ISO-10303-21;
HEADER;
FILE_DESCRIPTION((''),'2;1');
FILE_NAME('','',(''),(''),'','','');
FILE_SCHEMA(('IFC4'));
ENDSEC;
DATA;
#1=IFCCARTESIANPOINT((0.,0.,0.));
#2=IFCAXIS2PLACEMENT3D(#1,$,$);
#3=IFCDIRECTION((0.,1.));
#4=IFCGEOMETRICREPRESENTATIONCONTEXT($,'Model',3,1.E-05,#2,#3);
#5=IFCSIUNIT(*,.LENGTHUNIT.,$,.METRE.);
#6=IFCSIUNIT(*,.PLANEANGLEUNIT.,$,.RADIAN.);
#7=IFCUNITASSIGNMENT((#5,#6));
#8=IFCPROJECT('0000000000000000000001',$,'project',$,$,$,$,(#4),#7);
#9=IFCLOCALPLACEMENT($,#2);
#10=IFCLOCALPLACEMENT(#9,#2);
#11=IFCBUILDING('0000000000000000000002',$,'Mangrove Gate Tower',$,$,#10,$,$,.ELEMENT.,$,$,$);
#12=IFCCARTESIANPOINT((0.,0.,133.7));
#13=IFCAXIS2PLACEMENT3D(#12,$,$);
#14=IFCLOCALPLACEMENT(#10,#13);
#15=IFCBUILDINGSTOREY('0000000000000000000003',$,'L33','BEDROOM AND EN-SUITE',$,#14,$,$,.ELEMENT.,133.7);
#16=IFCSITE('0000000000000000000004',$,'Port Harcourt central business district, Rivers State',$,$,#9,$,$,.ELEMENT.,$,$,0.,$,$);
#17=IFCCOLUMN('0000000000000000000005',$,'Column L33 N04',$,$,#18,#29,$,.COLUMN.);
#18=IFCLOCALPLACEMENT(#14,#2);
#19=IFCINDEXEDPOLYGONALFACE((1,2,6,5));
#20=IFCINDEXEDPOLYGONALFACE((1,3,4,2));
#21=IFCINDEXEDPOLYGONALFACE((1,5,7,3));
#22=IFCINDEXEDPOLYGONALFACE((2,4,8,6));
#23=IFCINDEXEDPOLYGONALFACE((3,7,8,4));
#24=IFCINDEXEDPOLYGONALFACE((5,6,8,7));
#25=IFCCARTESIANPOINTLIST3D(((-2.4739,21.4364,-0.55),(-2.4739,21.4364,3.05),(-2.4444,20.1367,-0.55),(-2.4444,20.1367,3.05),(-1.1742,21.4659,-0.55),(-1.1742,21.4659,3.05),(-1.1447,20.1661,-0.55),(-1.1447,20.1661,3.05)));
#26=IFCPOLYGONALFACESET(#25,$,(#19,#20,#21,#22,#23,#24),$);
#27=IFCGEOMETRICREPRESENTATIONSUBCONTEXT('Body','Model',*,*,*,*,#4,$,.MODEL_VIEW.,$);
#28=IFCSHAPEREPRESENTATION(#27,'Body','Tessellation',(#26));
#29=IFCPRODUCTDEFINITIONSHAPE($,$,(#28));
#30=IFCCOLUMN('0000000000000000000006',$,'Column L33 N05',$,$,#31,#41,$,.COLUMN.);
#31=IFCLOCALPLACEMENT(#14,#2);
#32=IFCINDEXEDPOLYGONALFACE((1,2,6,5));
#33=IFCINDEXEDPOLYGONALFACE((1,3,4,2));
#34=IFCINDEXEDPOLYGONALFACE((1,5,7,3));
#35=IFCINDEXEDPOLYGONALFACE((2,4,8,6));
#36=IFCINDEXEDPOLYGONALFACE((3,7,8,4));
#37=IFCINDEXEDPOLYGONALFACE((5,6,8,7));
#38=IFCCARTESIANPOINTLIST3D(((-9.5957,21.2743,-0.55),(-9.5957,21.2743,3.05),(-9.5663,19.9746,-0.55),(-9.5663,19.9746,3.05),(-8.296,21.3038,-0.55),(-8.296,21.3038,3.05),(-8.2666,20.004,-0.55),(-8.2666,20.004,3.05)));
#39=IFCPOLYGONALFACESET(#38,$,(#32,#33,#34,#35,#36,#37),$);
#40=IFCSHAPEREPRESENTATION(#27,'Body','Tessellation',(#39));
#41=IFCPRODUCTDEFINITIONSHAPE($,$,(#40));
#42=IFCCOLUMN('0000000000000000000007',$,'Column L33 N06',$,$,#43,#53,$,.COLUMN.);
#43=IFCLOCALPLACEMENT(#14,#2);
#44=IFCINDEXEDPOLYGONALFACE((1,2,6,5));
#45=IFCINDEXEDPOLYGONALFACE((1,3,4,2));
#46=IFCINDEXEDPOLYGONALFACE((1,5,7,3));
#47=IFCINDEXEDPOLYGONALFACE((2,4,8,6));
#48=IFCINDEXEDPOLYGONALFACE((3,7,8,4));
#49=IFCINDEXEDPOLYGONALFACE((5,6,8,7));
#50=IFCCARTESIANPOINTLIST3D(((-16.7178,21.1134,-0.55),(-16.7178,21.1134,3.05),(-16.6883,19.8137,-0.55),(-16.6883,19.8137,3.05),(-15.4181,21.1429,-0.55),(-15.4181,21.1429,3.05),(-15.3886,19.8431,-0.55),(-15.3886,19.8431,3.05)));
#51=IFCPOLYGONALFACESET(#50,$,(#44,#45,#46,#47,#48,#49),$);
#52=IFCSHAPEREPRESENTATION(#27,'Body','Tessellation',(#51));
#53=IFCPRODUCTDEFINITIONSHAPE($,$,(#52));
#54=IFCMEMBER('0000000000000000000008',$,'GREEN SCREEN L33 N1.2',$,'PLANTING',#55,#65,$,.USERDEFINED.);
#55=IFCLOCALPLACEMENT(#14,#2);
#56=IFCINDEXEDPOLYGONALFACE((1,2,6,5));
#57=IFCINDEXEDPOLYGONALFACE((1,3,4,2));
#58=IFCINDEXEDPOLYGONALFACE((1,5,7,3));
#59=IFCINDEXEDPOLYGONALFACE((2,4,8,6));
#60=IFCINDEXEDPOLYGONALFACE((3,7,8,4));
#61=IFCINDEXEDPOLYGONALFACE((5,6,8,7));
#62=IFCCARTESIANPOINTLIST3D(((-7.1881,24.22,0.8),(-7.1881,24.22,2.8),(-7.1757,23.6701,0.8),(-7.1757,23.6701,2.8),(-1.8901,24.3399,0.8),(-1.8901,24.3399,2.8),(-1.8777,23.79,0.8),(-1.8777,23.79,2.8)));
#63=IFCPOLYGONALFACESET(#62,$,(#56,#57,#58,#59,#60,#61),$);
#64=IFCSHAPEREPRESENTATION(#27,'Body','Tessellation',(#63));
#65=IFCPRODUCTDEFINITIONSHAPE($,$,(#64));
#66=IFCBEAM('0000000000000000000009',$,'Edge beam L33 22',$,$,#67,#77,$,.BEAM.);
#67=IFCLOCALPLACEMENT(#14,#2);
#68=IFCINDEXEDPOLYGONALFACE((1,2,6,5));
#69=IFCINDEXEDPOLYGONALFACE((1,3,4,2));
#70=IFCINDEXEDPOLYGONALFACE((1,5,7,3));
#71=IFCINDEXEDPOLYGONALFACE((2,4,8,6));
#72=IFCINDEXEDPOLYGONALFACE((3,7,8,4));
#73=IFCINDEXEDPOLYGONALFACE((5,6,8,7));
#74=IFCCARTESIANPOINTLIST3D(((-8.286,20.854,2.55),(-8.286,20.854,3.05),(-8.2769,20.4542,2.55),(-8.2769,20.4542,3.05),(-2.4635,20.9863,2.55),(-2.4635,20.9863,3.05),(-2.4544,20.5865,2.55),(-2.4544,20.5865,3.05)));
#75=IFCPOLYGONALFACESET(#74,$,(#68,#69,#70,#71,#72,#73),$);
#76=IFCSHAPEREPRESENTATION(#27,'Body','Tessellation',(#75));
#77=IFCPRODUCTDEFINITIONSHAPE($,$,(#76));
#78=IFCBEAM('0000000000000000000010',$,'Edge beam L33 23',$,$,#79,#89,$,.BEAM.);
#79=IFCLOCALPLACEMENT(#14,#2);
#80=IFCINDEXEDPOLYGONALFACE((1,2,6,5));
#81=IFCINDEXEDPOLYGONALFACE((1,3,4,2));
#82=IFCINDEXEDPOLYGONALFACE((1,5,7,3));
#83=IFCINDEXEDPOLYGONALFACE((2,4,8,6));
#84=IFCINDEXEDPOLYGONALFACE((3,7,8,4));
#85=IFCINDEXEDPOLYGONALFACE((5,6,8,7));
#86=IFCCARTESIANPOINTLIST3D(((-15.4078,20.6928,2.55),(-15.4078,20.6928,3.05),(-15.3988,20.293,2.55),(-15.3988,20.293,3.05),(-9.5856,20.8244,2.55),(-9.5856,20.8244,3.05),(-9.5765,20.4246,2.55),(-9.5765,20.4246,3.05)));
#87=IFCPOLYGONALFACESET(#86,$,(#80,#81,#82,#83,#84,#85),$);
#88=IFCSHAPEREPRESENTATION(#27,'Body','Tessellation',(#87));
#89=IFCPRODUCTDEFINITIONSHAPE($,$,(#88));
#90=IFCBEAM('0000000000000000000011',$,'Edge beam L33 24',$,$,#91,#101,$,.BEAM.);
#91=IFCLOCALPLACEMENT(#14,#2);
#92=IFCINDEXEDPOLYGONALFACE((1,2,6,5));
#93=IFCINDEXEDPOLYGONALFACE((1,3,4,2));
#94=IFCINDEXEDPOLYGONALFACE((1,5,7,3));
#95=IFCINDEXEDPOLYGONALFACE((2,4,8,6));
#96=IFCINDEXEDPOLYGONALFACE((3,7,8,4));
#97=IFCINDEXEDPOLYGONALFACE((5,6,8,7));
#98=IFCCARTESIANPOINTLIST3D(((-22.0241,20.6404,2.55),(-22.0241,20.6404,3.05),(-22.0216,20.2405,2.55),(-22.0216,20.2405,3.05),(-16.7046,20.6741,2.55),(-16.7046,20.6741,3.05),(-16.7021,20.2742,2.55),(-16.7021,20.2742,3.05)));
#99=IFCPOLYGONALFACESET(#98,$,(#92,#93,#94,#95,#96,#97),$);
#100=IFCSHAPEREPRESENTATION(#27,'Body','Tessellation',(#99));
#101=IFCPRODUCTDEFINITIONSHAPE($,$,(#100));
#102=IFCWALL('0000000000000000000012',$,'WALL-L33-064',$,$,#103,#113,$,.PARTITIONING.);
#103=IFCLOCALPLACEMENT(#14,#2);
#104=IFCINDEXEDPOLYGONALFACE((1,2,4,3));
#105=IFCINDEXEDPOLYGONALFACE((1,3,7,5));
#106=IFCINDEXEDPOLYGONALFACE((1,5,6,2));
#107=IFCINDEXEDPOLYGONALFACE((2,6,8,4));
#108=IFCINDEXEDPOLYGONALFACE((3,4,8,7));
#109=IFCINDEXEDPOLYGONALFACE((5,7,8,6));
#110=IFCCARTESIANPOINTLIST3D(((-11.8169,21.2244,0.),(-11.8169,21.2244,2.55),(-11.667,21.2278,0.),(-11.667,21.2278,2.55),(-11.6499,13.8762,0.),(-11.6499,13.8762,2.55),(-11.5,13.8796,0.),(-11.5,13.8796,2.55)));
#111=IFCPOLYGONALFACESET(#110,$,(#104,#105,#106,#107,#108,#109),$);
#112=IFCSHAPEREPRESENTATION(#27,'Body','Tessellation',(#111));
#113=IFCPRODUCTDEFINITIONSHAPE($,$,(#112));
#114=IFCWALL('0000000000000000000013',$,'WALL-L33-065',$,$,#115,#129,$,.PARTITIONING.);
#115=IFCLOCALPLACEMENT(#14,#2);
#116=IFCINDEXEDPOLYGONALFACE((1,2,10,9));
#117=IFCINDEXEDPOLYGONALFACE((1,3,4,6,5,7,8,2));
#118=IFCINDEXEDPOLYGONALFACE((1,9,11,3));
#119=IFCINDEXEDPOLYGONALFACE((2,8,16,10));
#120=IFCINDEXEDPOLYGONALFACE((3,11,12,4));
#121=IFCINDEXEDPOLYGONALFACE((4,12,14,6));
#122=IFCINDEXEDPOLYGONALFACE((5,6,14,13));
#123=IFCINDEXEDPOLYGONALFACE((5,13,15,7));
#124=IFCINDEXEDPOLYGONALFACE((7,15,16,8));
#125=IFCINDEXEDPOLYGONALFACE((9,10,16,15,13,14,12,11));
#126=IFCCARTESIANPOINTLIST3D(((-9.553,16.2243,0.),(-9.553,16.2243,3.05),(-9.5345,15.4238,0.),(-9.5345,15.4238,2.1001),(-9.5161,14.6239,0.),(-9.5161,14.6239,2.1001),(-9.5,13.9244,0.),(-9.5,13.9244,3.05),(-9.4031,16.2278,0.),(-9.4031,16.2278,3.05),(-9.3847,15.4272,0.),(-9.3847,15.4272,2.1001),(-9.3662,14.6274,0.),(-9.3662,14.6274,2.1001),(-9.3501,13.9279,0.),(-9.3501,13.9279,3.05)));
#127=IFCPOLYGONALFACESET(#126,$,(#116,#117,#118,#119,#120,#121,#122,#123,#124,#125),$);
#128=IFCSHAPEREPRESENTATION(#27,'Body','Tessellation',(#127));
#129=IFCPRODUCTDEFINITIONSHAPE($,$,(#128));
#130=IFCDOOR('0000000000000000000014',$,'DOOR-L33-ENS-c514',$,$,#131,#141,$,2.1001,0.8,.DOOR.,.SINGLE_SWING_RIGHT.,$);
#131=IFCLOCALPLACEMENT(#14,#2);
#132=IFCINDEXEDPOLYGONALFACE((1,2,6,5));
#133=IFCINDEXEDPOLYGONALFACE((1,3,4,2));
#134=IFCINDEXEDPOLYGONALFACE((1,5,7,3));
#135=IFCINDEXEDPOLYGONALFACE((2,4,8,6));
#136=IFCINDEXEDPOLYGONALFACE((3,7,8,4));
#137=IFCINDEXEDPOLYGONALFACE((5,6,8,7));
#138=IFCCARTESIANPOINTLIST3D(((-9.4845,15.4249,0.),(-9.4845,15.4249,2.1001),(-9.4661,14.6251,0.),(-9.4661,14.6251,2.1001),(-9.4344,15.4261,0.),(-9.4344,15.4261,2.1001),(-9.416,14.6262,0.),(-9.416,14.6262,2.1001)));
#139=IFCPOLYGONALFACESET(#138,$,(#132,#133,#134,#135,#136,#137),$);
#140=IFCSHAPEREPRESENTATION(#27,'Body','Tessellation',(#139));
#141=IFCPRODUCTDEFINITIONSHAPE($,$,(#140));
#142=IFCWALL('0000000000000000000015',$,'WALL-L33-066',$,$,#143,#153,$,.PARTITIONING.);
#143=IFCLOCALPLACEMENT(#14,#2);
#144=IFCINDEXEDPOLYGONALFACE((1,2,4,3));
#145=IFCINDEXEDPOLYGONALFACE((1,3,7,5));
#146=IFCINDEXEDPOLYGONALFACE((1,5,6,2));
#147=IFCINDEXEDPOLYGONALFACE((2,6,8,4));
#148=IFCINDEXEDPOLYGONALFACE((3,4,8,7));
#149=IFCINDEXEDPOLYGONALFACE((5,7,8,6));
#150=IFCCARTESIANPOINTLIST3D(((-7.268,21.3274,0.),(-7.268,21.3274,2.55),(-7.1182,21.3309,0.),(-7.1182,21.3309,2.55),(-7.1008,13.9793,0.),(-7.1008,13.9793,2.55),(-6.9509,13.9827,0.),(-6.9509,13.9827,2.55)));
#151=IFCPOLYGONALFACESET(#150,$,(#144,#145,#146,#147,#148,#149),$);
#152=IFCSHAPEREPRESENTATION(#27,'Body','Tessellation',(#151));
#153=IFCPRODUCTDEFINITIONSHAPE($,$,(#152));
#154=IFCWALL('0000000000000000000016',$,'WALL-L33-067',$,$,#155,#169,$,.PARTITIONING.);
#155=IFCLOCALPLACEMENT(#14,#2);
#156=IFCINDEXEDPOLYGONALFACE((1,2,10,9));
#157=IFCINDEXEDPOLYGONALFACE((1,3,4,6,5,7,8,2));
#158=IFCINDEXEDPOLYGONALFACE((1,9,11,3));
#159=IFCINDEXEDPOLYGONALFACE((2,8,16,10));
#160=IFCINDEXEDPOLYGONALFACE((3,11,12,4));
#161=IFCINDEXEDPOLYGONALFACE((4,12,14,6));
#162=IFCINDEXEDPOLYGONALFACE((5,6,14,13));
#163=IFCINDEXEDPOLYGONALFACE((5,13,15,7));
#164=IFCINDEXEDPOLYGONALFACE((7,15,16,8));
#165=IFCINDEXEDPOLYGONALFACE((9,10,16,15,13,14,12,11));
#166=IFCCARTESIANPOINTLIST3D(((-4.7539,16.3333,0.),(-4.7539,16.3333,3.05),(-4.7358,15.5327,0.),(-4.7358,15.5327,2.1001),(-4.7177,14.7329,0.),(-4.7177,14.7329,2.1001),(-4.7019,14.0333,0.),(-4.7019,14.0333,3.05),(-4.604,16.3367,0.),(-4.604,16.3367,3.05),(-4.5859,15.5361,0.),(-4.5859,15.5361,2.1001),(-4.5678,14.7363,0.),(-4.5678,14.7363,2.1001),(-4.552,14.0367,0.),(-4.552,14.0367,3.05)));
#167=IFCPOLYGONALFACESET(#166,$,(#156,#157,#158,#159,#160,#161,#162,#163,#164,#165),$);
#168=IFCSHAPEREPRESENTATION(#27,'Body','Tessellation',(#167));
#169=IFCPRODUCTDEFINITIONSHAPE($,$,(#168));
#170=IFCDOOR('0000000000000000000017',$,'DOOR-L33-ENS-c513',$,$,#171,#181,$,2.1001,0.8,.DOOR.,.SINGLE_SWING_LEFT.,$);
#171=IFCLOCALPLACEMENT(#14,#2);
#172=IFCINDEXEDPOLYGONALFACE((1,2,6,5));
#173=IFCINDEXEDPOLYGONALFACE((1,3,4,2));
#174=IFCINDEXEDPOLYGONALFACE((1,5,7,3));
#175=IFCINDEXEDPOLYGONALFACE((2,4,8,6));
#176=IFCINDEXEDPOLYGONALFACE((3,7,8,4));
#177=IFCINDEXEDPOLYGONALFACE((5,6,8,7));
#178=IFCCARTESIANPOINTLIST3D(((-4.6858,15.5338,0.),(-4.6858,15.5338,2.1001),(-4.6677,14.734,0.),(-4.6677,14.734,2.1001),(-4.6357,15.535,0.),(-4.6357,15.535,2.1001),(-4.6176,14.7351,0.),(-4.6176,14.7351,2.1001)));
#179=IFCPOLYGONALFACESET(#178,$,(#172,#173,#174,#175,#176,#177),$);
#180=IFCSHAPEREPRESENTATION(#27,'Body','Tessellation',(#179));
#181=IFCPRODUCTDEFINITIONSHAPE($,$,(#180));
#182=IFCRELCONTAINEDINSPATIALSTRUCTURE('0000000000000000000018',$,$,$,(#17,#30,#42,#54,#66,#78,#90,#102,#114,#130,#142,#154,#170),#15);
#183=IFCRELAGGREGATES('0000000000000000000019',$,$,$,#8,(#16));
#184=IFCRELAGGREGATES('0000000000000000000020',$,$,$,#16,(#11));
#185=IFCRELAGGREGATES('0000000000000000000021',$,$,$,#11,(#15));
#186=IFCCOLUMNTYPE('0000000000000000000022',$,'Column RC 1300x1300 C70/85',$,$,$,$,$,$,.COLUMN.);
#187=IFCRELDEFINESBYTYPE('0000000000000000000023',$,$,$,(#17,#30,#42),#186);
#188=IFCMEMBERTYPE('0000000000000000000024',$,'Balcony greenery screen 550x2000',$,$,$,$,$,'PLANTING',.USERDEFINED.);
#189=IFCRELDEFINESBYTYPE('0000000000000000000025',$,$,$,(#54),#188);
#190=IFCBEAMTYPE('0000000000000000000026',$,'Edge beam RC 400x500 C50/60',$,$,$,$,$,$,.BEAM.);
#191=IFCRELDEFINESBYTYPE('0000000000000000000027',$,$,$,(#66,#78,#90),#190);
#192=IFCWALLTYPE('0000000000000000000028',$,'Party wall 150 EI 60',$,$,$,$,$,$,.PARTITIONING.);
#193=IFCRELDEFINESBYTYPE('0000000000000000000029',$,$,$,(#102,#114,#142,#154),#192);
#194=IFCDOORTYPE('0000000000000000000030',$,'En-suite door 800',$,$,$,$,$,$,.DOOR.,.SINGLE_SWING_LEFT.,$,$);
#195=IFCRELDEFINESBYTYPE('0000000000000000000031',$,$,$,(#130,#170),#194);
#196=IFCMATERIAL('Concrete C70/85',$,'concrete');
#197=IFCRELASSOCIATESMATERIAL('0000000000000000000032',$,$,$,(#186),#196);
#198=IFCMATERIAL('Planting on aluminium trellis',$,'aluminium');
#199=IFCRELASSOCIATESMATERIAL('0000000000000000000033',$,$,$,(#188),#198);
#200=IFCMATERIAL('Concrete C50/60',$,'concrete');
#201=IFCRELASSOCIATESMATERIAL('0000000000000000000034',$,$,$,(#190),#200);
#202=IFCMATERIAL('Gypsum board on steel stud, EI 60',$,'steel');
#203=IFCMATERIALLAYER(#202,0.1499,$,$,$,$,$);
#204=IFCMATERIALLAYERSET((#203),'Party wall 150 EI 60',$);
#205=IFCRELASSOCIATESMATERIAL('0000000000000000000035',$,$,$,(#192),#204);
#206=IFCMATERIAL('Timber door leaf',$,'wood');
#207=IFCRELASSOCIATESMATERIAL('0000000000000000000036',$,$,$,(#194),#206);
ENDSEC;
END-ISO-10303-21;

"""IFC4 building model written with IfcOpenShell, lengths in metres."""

from ifc_helpers import new_model, si_unit, direction, frame, frame_2d, origin, origin_2d, place, context, subcontext, project, spatial, rectangle, extrude, material, layer, layer_set, material_profile, profile_set, type_object, element, fill, save


model = new_model("IFC4")

# Units and contexts
model_context = context("Model", 3, precision=1e-05, world=origin(), true_north=direction((0.0, 1.0)))
body_context = subcontext(model_context, "Body", "Model", "MODEL_VIEW")
ifc_project = project(units=[si_unit("LENGTHUNIT", "METRE"), si_unit("PLANEANGLEUNIT", "RADIAN")], contexts=[model_context])

# Site, building, storey
site_placement = place(None, origin())
site = spatial("IfcSite", under=ifc_project, at=site_placement, Name="Port Harcourt central business district, Rivers State", CompositionType="ELEMENT", RefElevation=0.0)
building_placement = place(site_placement, origin())
building = spatial("IfcBuilding", under=site, at=building_placement, Name="Mangrove Gate Tower", CompositionType="ELEMENT")
storey_placement = place(building_placement, frame((0.0, 0.0, 133.7)))
storey = spatial("IfcBuildingStorey", under=building, at=storey_placement, Name="L33", Description="BEDROOM AND EN-SUITE", CompositionType="ELEMENT", Elevation=133.7)

# Columns
ifc_material_1 = material(Name="Concrete C70/85", Category="concrete")
ifc_material_profile_1 = material_profile(ifc_material_1, rectangle(XDim=1.3, YDim=1.3, at=origin_2d()))
ifc_profile_set_1 = profile_set([ifc_material_profile_1], Name="Concrete C70/85")
column_type = type_object("IfcColumnType", Name="Column RC 1300x1300 C70/85", PredefinedType="COLUMN", material=ifc_profile_set_1)
for number, where, z_axis, x_axis, name in (
    (1, (-1.8093, 20.8013, -0.55), (0.0, 0.0, 1.0), (-0.999743, -0.02267, 0.0), "Column L33 N04"),
    (2, (-8.9312, 20.6392, -0.55), (0.0, 0.0, 1.0), (-0.999743, -0.02267, 0.0), "Column L33 N05"),
    (3, (-16.0532, 20.4783, -0.55), (0.0, 0.0, 1.0), (-0.999743, -0.022669, 0.0), "Column L33 N06"),
):
    element("IfcColumn", number, at=place(storey_placement, frame(where, z_axis=z_axis, x_axis=x_axis)), inside=storey, type_object=column_type, Name=name, PredefinedType="COLUMN", context=body_context, shape_type="SweptSolid", body=[
        extrude(rectangle(XDim=1.3, YDim=1.3, at=origin_2d()), origin(), (0.0, 0.0, 1.0), 3.6001),
    ])

# Member
ifc_material_2 = material(Name="Planting on aluminium trellis", Category="aluminium")
ifc_material_profile_2 = material_profile(ifc_material_2, rectangle(XDim=0.55, YDim=2.0, at=origin_2d()))
ifc_profile_set_2 = profile_set([ifc_material_profile_2], Name="Planting on aluminium trellis")
member_type = type_object("IfcMemberType", Name="Balcony greenery screen 550x2000", ElementType="PLANTING", PredefinedType="USERDEFINED", material=ifc_profile_set_2)
member_placement = place(storey_placement, frame((-7.1819, 23.9451, 1.8), z_axis=(0.999744, 0.022621, 0.0), x_axis=(-0.022621, 0.999744, 0.0)))
element("IfcMember", 4, at=member_placement, inside=storey, type_object=member_type, Name="GREEN SCREEN L33 N1.2", ObjectType="PLANTING", PredefinedType="USERDEFINED", context=body_context, shape_type="SweptSolid", body=[
    extrude(rectangle(XDim=0.55, YDim=2.0, at=origin_2d()), origin(), (0.0, 0.0, 1.0), 5.2993),
])

# Beams
ifc_material_3 = material(Name="Concrete C50/60", Category="concrete")
ifc_material_profile_3 = material_profile(ifc_material_3, rectangle(XDim=0.3999, YDim=0.5, at=origin_2d()))
ifc_profile_set_3 = profile_set([ifc_material_profile_3], Name="Concrete C50/60")
beam_type = type_object("IfcBeamType", Name="Edge beam RC 400x500 C50/60", PredefinedType="BEAM", material=ifc_profile_set_3)
beam_1_placement = place(storey_placement, frame((-2.459, 20.7864, 2.8), z_axis=(-0.999742, -0.02272, 0.0), x_axis=(0.02272, -0.999742, 0.0)))
element("IfcBeam", 5, at=beam_1_placement, inside=storey, type_object=beam_type, Name="Edge beam L33 22", PredefinedType="BEAM", context=body_context, shape_type="SweptSolid", body=[
    extrude(rectangle(XDim=0.3999, YDim=0.5, at=origin_2d()), origin(), (0.0, 0.0, 1.0), 5.824),
])
beam_2_placement = place(storey_placement, frame((-9.5811, 20.6245, 2.8), z_axis=(-0.999745, -0.022596, 0.0), x_axis=(0.022596, -0.999745, 0.0)))
element("IfcBeam", 6, at=beam_2_placement, inside=storey, type_object=beam_type, Name="Edge beam L33 23", PredefinedType="BEAM", context=body_context, shape_type="SweptSolid", body=[
    extrude(rectangle(XDim=0.3999, YDim=0.5, at=origin_2d()), origin(), (0.0, 0.0, 1.0), 5.8237),
])
beam_3_placement = place(storey_placement, frame((-16.7034, 20.4741, 2.8), z_axis=(-0.99998, -0.006333, 0.0), x_axis=(0.006333, -0.99998, 0.0)))
element("IfcBeam", 7, at=beam_3_placement, inside=storey, type_object=beam_type, Name="Edge beam L33 24", PredefinedType="BEAM", context=body_context, shape_type="SweptSolid", body=[
    extrude(rectangle(XDim=0.3999, YDim=0.5, at=origin_2d()), origin(), (0.0, 0.0, 1.0), 5.3196),
])

# Wall
ifc_material_4 = material(Name="Gypsum board on steel stud, EI 60", Category="steel")
ifc_layer_1 = layer(ifc_material_4, 0.1499)
ifc_layer_set_1 = layer_set([ifc_layer_1], Name="Party wall 150 EI 60")
wall_type_1 = type_object("IfcWallType", Name="Party wall 150 EI 60", PredefinedType="PARTITIONING", material=ifc_layer_set_1)
wall_1_placement = place(storey_placement, frame((-11.575, 13.8779, 0.0), z_axis=(0.0, 0.0, 1.0), x_axis=(-0.02272, 0.999742, 0.0)))
element("IfcWall", 8, at=wall_1_placement, inside=storey, type_object=wall_type_1, Name="WALL-L33-064", PredefinedType="PARTITIONING", context=body_context, shape_type="SweptSolid", body=[
    extrude(rectangle(XDim=7.3501, YDim=0.1499, at=frame_2d((3.675, 0.0))), origin(), (0.0, 0.0, 1.0), 2.55),
])

# Wall, opening, door
wall_2_placement = place(storey_placement, frame((-9.425, 13.926, 0.0), z_axis=(0.0, 0.0, 1.0), x_axis=(-0.023028, 0.999735, 0.0)))
wall_2 = element("IfcWall", 9, at=wall_2_placement, inside=storey, type_object=wall_type_1, Name="WALL-L33-065", PredefinedType="PARTITIONING", context=body_context, shape_type="SweptSolid", body=[
    extrude(rectangle(XDim=2.3005, YDim=0.1499, at=frame_2d((1.1504, 0.0))), origin(), (0.0, 0.0, 1.0), 3.05),
])
opening_1_placement = place(wall_2_placement, frame((0.7, 0.0, 0.0)))
opening_1 = element("IfcOpeningElement", 10, at=opening_1_placement, cuts=wall_2, PredefinedType="OPENING", context=body_context, shape_type="SweptSolid", body=[
    extrude(rectangle(XDim=0.8, YDim=2.1001, at=frame_2d((0.3999, 1.05))), frame((0.0, 0.085, 0.0), z_axis=(0.0, -1.0, 0.0), x_axis=(1.0, 0.0, 0.0)), (0.0, 0.0, 1.0), 0.1699),
])
ifc_material_5 = material(Name="Timber door leaf", Category="wood")
door_type = type_object("IfcDoorType", Name="En-suite door 800", OperationType="SINGLE_SWING_LEFT", PredefinedType="DOOR", material=ifc_material_5)
door_1_placement = place(opening_1_placement, origin())
door_1 = element("IfcDoor", 11, at=door_1_placement, inside=storey, type_object=door_type, Name="DOOR-L33-ENS-c514", OperationType="SINGLE_SWING_RIGHT", OverallHeight=2.1001, OverallWidth=0.8, PredefinedType="DOOR", context=body_context, shape_type="SweptSolid", body=[
    extrude(rectangle(XDim=0.8, YDim=2.1001, at=frame_2d((0.3999, 1.05))), frame((0.0, 0.0249, 0.0), z_axis=(0.0, -1.0, 0.0), x_axis=(1.0, 0.0, 0.0)), (0.0, 0.0, 1.0), 0.05),
])
fill(opening_1, door_1)

# Wall
wall_3_placement = place(storey_placement, frame((-7.0259, 13.981, 0.0), z_axis=(0.0, 0.0, 1.0), x_axis=(-0.022753, 0.999741, 0.0)))
element("IfcWall", 12, at=wall_3_placement, inside=storey, type_object=wall_type_1, Name="WALL-L33-066", PredefinedType="PARTITIONING", context=body_context, shape_type="SweptSolid", body=[
    extrude(rectangle(XDim=7.3501, YDim=0.1499, at=frame_2d((3.675, 0.0))), origin(), (0.0, 0.0, 1.0), 2.55),
])

# Wall, opening, door
wall_4_placement = place(storey_placement, frame((-4.627, 14.0349, 0.0), z_axis=(0.0, 0.0, 1.0), x_axis=(-0.022603, 0.999745, 0.0)))
wall_4 = element("IfcWall", 13, at=wall_4_placement, inside=storey, type_object=wall_type_1, Name="WALL-L33-067", PredefinedType="PARTITIONING", context=body_context, shape_type="SweptSolid", body=[
    extrude(rectangle(XDim=2.3005, YDim=0.1499, at=frame_2d((1.1504, 0.0))), origin(), (0.0, 0.0, 1.0), 3.05),
])
opening_2_placement = place(wall_4_placement, frame((0.7, 0.0, 0.0)))
opening_2 = element("IfcOpeningElement", 14, at=opening_2_placement, cuts=wall_4, PredefinedType="OPENING", context=body_context, shape_type="SweptSolid", body=[
    extrude(rectangle(XDim=0.8, YDim=2.1001, at=frame_2d((0.3999, 1.05))), frame((0.0, 0.085, 0.0), z_axis=(0.0, -1.0, 0.0), x_axis=(1.0, 0.0, 0.0)), (0.0, 0.0, 1.0), 0.1699),
])
door_2_placement = place(opening_2_placement, origin())
door_2 = element("IfcDoor", 15, at=door_2_placement, inside=storey, type_object=door_type, Name="DOOR-L33-ENS-c513", OperationType="SINGLE_SWING_LEFT", OverallHeight=2.1001, OverallWidth=0.8, PredefinedType="DOOR", context=body_context, shape_type="SweptSolid", body=[
    extrude(rectangle(XDim=0.8, YDim=2.1001, at=frame_2d((0.3999, 1.05))), frame((0.0, 0.0249, 0.0), z_axis=(0.0, -1.0, 0.0), x_axis=(1.0, 0.0, 0.0)), (0.0, 0.0, 1.0), 0.05),
])
fill(opening_2, door_2)

save(model, "model.ifc")
